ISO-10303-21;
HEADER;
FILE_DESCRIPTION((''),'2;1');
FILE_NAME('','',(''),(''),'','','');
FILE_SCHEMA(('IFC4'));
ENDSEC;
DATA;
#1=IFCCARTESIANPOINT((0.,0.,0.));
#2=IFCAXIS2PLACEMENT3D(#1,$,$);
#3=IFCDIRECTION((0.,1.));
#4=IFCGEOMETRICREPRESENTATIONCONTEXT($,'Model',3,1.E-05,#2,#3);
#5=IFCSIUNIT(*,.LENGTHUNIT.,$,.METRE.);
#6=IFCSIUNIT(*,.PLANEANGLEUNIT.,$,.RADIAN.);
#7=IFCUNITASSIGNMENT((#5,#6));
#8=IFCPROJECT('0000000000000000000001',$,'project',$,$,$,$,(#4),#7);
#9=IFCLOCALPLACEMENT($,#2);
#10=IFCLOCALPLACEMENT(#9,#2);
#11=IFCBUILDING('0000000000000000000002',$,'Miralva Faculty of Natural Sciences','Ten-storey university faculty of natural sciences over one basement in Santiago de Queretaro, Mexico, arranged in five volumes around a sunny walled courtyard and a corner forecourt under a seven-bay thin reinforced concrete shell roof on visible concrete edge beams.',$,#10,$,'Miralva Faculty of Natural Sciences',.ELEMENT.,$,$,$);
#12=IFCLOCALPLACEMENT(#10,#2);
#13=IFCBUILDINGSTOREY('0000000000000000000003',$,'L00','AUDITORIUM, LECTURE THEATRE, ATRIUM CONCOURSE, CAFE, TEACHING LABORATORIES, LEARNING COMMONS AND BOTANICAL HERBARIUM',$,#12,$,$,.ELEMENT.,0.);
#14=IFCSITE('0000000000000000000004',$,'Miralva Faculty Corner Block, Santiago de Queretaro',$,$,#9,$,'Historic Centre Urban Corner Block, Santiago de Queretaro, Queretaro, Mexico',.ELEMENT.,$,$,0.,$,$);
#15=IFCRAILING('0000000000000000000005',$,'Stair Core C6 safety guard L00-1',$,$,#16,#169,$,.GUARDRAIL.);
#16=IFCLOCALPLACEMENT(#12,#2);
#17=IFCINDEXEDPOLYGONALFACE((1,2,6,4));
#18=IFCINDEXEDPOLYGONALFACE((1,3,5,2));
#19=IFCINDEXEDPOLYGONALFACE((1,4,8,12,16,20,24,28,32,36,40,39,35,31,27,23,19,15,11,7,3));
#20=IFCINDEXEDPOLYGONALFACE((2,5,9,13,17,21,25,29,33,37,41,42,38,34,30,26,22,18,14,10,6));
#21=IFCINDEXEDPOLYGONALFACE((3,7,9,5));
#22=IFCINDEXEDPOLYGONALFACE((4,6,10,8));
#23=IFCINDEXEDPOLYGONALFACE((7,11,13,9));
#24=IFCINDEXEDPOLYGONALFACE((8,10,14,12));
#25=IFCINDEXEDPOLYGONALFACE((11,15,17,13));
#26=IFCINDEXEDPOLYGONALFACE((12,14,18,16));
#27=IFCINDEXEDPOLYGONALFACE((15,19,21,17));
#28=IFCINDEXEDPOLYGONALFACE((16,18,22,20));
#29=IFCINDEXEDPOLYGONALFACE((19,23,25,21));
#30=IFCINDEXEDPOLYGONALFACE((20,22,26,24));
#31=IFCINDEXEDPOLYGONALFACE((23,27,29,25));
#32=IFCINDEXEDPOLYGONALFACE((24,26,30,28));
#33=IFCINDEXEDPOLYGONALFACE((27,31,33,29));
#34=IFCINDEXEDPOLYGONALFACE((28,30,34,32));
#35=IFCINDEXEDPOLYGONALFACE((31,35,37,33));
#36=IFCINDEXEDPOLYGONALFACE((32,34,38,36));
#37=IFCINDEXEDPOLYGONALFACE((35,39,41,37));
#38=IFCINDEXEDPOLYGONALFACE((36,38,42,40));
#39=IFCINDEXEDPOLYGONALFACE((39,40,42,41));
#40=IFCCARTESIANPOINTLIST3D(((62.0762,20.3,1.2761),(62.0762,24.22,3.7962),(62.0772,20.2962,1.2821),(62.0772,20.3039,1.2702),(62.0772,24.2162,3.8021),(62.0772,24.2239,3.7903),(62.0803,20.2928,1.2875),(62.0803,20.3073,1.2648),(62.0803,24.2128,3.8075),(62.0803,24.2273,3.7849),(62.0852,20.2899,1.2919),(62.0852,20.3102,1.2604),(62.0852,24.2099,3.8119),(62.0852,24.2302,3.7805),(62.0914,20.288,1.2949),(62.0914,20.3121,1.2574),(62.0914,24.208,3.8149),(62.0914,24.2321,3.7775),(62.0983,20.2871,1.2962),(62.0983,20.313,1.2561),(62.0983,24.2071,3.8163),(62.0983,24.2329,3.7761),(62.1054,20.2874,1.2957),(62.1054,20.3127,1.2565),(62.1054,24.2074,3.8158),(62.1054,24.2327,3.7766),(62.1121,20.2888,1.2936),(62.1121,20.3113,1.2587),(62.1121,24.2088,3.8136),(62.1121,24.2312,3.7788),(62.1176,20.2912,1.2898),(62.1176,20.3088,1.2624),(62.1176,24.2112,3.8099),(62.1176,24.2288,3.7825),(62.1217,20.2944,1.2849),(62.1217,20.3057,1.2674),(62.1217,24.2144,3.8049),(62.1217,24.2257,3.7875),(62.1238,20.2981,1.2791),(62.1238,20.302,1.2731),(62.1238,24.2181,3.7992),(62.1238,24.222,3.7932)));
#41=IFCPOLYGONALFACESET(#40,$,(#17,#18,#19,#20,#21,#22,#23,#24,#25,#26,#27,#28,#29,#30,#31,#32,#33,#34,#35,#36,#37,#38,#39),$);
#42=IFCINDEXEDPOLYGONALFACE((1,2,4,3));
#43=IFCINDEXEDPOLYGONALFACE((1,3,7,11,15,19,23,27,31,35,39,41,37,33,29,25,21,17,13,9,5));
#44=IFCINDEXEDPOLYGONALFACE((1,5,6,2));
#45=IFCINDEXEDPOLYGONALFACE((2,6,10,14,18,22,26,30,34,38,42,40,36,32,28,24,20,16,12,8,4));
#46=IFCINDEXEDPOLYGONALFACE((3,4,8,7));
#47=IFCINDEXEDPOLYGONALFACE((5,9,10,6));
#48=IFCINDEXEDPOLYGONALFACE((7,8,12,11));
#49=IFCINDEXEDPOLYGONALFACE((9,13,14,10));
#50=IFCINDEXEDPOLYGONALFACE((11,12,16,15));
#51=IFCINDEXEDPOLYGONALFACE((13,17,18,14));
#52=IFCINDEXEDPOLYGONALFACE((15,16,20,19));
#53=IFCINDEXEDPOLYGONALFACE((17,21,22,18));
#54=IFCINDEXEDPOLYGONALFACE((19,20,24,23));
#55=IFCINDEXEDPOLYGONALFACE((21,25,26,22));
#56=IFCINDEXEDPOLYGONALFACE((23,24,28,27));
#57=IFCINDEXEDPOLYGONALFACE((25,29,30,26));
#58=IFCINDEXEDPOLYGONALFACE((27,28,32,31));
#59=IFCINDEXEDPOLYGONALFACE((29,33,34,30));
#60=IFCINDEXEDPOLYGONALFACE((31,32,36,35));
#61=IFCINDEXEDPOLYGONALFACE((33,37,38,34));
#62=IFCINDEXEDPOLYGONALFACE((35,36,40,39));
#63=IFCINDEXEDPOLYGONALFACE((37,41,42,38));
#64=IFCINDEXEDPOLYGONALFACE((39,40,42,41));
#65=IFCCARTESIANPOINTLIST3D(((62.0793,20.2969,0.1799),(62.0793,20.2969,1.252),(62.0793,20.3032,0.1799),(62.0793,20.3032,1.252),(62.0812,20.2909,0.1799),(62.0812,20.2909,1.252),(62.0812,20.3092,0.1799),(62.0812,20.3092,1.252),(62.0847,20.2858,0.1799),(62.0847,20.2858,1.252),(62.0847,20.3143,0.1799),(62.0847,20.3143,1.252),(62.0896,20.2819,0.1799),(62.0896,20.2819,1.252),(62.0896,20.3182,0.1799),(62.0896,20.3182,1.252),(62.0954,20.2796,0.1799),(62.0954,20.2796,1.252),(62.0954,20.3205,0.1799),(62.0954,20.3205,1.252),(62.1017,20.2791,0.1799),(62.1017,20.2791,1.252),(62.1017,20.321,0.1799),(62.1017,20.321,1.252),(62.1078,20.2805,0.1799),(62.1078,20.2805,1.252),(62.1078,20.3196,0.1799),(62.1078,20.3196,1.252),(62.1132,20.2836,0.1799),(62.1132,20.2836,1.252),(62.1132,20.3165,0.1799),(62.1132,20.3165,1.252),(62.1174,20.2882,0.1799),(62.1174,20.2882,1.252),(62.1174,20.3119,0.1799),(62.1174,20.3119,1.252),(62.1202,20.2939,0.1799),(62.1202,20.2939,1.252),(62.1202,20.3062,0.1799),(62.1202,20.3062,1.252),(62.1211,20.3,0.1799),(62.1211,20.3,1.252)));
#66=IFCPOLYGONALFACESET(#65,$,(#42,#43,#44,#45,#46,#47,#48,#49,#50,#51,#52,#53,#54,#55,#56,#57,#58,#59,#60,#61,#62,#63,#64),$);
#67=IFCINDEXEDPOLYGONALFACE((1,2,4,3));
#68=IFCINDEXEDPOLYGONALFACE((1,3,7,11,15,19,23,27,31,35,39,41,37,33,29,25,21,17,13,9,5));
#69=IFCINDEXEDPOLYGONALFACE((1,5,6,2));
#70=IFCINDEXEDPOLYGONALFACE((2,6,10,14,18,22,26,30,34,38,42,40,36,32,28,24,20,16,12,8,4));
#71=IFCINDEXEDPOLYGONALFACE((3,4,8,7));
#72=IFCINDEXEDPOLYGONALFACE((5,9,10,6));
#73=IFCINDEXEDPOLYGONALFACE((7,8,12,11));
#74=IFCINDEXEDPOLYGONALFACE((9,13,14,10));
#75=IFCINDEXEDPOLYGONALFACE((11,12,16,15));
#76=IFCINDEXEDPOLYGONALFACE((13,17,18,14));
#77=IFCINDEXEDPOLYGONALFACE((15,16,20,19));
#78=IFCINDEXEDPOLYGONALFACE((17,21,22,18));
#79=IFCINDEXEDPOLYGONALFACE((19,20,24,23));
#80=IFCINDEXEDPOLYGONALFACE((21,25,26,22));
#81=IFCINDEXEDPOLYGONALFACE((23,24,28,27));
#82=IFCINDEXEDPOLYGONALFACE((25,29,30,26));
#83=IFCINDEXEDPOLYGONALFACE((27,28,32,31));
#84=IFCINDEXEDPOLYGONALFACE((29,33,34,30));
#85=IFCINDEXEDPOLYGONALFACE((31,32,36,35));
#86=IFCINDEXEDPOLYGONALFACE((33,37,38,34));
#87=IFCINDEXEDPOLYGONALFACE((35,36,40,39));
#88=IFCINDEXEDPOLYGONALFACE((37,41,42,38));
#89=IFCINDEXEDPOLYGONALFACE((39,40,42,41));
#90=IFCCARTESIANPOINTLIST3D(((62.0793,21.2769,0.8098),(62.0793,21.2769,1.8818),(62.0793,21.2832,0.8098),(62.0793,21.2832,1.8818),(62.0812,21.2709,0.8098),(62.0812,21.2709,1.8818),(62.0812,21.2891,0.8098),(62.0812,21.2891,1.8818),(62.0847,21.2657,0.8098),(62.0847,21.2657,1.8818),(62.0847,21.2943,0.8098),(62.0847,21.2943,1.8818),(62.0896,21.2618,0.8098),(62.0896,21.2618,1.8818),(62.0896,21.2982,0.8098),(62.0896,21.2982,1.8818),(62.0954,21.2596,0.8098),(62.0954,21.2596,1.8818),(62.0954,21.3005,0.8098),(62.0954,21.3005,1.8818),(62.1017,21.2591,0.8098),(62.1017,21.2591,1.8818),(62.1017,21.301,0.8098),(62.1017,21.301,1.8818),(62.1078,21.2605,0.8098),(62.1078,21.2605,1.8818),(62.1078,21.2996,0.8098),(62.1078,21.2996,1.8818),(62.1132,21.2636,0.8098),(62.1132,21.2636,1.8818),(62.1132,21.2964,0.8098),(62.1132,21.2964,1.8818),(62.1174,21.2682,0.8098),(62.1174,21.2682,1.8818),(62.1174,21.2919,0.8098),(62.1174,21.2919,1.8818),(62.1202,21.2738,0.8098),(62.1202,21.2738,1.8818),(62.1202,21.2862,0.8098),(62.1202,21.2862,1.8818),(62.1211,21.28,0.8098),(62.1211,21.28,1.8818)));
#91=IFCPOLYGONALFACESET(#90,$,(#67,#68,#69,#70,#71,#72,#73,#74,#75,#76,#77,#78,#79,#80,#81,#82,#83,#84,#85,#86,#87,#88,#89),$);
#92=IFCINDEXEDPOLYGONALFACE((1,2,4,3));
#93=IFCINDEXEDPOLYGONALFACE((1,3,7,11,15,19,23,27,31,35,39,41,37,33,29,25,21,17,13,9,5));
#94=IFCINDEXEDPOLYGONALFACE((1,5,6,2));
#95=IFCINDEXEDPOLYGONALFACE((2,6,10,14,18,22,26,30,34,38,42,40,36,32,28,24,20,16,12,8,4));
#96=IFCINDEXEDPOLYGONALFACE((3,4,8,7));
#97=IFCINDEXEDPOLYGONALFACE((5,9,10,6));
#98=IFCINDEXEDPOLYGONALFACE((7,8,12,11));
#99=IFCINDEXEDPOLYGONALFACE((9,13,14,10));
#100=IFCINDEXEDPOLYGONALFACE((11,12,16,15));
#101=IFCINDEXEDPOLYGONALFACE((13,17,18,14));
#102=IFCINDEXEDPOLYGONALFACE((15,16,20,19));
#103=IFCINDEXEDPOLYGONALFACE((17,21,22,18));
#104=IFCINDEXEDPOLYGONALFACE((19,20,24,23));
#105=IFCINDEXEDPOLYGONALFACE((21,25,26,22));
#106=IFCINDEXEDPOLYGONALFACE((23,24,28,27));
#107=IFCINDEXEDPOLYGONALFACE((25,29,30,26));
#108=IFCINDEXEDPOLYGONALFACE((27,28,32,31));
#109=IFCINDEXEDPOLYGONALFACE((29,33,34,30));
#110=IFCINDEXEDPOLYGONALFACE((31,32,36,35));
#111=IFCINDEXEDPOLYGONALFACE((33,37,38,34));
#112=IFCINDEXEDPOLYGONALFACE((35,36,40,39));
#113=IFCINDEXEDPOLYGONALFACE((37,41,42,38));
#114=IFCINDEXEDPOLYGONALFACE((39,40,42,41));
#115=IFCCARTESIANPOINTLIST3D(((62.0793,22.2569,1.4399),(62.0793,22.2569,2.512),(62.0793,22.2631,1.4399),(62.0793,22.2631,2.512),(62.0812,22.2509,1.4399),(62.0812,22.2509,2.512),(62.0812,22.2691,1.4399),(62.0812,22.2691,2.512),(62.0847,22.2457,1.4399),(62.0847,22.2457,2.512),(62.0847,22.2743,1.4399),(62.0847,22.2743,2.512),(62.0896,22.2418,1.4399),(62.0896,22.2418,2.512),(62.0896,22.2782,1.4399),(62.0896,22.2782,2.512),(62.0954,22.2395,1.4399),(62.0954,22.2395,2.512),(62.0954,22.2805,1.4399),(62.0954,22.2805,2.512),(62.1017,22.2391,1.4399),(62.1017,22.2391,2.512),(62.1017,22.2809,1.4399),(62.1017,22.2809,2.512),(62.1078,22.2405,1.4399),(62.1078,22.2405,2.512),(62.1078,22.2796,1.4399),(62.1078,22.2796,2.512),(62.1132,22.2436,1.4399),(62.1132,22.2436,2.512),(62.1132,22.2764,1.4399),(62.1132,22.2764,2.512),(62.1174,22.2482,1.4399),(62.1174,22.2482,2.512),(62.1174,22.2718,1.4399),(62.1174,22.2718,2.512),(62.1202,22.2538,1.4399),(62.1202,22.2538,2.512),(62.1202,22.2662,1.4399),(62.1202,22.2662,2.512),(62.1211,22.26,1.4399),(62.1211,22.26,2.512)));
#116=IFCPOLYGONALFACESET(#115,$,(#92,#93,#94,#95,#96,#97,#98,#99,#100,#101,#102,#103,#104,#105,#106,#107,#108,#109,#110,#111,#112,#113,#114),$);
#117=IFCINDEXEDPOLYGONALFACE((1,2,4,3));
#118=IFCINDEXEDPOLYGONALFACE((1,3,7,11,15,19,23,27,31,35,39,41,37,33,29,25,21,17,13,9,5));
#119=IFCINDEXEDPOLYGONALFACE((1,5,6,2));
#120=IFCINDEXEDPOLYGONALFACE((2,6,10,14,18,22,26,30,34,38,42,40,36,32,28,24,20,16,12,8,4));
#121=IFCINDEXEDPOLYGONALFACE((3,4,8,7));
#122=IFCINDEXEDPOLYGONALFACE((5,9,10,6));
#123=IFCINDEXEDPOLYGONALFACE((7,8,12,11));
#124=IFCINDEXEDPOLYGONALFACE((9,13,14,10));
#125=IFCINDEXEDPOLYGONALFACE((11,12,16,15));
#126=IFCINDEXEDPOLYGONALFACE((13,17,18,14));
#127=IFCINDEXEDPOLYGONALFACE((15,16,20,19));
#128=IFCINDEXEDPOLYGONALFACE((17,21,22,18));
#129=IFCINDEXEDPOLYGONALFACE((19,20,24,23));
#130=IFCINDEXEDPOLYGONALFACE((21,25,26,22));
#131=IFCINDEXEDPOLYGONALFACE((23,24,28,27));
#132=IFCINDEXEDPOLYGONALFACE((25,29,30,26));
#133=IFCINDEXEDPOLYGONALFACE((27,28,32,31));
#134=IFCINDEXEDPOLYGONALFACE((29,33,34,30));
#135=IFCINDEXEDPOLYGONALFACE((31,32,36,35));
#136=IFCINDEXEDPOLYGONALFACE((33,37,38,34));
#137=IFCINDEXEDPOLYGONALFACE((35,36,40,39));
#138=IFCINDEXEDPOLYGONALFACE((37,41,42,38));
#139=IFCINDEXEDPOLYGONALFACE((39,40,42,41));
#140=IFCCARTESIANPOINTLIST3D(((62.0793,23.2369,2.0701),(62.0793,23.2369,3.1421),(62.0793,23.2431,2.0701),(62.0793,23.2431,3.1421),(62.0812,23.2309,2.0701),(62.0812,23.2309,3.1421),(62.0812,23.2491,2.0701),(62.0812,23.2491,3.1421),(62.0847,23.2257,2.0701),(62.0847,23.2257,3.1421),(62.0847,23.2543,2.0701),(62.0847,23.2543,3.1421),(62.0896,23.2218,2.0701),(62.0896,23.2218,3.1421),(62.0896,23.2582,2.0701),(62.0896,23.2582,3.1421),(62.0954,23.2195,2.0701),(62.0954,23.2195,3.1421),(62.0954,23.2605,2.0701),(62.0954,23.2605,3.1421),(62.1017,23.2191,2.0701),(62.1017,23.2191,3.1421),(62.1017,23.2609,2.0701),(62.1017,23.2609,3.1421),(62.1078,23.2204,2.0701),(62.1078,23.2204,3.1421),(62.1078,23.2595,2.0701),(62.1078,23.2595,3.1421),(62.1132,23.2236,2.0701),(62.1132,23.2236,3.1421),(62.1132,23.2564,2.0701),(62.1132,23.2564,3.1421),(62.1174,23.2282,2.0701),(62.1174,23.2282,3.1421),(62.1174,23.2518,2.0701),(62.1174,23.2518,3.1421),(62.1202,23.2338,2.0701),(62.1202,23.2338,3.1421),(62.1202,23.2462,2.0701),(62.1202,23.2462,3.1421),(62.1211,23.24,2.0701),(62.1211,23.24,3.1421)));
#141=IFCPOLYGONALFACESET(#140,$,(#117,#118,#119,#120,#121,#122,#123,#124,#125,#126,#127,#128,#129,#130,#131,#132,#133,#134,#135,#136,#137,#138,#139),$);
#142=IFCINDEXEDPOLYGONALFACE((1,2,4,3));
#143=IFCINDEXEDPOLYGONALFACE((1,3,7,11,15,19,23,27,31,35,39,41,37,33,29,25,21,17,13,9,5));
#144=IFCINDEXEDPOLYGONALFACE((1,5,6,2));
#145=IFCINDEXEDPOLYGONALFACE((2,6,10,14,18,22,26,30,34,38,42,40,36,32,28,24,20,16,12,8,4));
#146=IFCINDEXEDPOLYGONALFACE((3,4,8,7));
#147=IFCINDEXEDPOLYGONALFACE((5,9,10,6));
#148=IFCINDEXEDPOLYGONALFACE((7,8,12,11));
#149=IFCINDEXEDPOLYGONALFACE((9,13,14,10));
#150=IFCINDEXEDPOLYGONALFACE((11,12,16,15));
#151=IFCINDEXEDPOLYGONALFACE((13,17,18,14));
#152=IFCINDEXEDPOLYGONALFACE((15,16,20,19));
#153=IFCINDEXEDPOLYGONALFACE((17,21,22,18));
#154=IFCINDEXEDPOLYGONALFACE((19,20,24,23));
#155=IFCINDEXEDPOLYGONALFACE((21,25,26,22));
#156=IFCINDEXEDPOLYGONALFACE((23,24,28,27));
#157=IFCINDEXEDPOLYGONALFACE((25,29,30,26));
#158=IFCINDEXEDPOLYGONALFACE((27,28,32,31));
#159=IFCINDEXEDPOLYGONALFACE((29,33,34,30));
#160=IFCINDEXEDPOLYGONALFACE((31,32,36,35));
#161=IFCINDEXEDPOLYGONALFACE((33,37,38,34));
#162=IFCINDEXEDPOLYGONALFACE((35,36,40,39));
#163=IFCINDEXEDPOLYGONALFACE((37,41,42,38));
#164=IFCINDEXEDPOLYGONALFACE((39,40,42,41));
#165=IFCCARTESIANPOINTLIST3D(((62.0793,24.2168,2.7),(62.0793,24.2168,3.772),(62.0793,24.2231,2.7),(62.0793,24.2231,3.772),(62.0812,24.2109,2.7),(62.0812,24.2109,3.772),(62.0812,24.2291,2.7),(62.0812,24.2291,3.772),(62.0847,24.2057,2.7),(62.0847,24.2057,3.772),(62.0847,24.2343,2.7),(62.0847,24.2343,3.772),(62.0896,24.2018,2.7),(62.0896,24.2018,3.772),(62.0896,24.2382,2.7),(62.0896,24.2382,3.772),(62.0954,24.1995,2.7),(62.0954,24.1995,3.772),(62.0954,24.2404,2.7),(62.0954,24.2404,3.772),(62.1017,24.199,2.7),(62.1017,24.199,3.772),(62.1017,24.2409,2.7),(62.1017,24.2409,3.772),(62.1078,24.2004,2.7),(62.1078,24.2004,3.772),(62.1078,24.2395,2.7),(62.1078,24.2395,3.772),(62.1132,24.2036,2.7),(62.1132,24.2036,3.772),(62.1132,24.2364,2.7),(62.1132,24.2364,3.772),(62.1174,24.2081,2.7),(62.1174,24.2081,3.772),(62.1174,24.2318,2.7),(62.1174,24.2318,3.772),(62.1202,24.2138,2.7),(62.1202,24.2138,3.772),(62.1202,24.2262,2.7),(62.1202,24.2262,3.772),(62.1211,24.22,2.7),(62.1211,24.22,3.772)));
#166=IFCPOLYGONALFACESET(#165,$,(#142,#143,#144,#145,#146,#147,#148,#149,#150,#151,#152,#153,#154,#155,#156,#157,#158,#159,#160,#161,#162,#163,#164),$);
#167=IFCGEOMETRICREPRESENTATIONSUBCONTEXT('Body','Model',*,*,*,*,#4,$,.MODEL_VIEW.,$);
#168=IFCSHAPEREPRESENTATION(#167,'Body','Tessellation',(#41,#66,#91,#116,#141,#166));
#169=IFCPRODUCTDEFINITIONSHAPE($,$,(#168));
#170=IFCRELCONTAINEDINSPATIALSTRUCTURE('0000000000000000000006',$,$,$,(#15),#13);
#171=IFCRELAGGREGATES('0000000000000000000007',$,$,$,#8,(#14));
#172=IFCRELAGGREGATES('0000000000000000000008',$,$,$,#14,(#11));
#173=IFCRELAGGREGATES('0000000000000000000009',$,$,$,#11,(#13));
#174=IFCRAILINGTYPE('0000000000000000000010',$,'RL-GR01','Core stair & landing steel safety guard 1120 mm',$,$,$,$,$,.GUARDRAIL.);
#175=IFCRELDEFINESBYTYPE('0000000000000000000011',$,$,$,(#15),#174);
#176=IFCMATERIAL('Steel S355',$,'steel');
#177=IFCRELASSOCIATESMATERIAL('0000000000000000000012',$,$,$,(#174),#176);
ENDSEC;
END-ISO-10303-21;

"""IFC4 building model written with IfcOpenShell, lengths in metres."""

from ifc_helpers import new_model, si_unit, direction, frame, origin, origin_2d, place, context, subcontext, project, spatial, circle, extrude, material, type_object, element, save


model = new_model("IFC4")

# Units and contexts
model_context = context("Model", 3, precision=1e-05, world=origin(), true_north=direction((0.0, 1.0)))
body_context = subcontext(model_context, "Body", "Model", "MODEL_VIEW")
ifc_project = project(units=[si_unit("LENGTHUNIT", "METRE"), si_unit("PLANEANGLEUNIT", "RADIAN")], contexts=[model_context])

# Site, building, storey
site_placement = place(None, origin())
site = spatial("IfcSite", under=ifc_project, at=site_placement, Name="Miralva Faculty Corner Block, Santiago de Queretaro", LongName="Historic Centre Urban Corner Block, Santiago de Queretaro, Queretaro, Mexico", CompositionType="ELEMENT", RefElevation=0.0)
building_placement = place(site_placement, origin())
building = spatial("IfcBuilding", under=site, at=building_placement, Name="Miralva Faculty of Natural Sciences", Description="Ten-storey university faculty of natural sciences over one basement in Santiago de Queretaro, Mexico, arranged in five volumes around a sunny walled courtyard and a corner forecourt under a seven-bay thin reinforced concrete shell roof on visible concrete edge beams.", LongName="Miralva Faculty of Natural Sciences", CompositionType="ELEMENT")
storey_placement = place(building_placement, origin())
storey = spatial("IfcBuildingStorey", under=building, at=storey_placement, Name="L00", Description="AUDITORIUM, LECTURE THEATRE, ATRIUM CONCOURSE, CAFE, TEACHING LABORATORIES, LEARNING COMMONS AND BOTANICAL HERBARIUM", CompositionType="ELEMENT", Elevation=0.0)

# Railing
ifc_material_1 = material(Name="Steel S355", Category="steel")
railing_type_1 = type_object("IfcRailingType", Name="RL-GR01", Description="Core stair & landing steel safety guard 1120 mm", PredefinedType="GUARDRAIL", material=ifc_material_1)
railing_1_placement = place(storey_placement, frame((62.1001, 20.3, 0.1799)))
element("IfcRailing", 1, at=railing_1_placement, inside=storey, type_object=railing_type_1, Name="Stair Core C6 safety guard L00-1", PredefinedType="GUARDRAIL", context=body_context, shape_type="SweptSolid", body=[
    extrude(circle(Radius=0.0239, at=origin_2d()), frame((0.0, 0.0, 1.0962), z_axis=(0.0, 0.841172, 0.540768), x_axis=(-1.0, 0.0, 0.0)), (0.0, 0.0, 1.0), 4.6602),
    extrude(circle(Radius=0.021, at=origin_2d()), origin(), (0.0, 0.0, 1.0), 1.072),
    extrude(circle(Radius=0.021, at=origin_2d()), frame((0.0, 0.98, 0.6299)), (0.0, 0.0, 1.0), 1.072),
    extrude(circle(Radius=0.021, at=origin_2d()), frame((0.0, 1.96, 1.26)), (0.0, 0.0, 1.0), 1.072),
    extrude(circle(Radius=0.021, at=origin_2d()), frame((0.0, 2.9399, 1.8901)), (0.0, 0.0, 1.0), 1.072),
    extrude(circle(Radius=0.021, at=origin_2d()), frame((0.0, 3.9199, 2.52)), (0.0, 0.0, 1.0), 1.072),
])

save(model, "model.ifc")
